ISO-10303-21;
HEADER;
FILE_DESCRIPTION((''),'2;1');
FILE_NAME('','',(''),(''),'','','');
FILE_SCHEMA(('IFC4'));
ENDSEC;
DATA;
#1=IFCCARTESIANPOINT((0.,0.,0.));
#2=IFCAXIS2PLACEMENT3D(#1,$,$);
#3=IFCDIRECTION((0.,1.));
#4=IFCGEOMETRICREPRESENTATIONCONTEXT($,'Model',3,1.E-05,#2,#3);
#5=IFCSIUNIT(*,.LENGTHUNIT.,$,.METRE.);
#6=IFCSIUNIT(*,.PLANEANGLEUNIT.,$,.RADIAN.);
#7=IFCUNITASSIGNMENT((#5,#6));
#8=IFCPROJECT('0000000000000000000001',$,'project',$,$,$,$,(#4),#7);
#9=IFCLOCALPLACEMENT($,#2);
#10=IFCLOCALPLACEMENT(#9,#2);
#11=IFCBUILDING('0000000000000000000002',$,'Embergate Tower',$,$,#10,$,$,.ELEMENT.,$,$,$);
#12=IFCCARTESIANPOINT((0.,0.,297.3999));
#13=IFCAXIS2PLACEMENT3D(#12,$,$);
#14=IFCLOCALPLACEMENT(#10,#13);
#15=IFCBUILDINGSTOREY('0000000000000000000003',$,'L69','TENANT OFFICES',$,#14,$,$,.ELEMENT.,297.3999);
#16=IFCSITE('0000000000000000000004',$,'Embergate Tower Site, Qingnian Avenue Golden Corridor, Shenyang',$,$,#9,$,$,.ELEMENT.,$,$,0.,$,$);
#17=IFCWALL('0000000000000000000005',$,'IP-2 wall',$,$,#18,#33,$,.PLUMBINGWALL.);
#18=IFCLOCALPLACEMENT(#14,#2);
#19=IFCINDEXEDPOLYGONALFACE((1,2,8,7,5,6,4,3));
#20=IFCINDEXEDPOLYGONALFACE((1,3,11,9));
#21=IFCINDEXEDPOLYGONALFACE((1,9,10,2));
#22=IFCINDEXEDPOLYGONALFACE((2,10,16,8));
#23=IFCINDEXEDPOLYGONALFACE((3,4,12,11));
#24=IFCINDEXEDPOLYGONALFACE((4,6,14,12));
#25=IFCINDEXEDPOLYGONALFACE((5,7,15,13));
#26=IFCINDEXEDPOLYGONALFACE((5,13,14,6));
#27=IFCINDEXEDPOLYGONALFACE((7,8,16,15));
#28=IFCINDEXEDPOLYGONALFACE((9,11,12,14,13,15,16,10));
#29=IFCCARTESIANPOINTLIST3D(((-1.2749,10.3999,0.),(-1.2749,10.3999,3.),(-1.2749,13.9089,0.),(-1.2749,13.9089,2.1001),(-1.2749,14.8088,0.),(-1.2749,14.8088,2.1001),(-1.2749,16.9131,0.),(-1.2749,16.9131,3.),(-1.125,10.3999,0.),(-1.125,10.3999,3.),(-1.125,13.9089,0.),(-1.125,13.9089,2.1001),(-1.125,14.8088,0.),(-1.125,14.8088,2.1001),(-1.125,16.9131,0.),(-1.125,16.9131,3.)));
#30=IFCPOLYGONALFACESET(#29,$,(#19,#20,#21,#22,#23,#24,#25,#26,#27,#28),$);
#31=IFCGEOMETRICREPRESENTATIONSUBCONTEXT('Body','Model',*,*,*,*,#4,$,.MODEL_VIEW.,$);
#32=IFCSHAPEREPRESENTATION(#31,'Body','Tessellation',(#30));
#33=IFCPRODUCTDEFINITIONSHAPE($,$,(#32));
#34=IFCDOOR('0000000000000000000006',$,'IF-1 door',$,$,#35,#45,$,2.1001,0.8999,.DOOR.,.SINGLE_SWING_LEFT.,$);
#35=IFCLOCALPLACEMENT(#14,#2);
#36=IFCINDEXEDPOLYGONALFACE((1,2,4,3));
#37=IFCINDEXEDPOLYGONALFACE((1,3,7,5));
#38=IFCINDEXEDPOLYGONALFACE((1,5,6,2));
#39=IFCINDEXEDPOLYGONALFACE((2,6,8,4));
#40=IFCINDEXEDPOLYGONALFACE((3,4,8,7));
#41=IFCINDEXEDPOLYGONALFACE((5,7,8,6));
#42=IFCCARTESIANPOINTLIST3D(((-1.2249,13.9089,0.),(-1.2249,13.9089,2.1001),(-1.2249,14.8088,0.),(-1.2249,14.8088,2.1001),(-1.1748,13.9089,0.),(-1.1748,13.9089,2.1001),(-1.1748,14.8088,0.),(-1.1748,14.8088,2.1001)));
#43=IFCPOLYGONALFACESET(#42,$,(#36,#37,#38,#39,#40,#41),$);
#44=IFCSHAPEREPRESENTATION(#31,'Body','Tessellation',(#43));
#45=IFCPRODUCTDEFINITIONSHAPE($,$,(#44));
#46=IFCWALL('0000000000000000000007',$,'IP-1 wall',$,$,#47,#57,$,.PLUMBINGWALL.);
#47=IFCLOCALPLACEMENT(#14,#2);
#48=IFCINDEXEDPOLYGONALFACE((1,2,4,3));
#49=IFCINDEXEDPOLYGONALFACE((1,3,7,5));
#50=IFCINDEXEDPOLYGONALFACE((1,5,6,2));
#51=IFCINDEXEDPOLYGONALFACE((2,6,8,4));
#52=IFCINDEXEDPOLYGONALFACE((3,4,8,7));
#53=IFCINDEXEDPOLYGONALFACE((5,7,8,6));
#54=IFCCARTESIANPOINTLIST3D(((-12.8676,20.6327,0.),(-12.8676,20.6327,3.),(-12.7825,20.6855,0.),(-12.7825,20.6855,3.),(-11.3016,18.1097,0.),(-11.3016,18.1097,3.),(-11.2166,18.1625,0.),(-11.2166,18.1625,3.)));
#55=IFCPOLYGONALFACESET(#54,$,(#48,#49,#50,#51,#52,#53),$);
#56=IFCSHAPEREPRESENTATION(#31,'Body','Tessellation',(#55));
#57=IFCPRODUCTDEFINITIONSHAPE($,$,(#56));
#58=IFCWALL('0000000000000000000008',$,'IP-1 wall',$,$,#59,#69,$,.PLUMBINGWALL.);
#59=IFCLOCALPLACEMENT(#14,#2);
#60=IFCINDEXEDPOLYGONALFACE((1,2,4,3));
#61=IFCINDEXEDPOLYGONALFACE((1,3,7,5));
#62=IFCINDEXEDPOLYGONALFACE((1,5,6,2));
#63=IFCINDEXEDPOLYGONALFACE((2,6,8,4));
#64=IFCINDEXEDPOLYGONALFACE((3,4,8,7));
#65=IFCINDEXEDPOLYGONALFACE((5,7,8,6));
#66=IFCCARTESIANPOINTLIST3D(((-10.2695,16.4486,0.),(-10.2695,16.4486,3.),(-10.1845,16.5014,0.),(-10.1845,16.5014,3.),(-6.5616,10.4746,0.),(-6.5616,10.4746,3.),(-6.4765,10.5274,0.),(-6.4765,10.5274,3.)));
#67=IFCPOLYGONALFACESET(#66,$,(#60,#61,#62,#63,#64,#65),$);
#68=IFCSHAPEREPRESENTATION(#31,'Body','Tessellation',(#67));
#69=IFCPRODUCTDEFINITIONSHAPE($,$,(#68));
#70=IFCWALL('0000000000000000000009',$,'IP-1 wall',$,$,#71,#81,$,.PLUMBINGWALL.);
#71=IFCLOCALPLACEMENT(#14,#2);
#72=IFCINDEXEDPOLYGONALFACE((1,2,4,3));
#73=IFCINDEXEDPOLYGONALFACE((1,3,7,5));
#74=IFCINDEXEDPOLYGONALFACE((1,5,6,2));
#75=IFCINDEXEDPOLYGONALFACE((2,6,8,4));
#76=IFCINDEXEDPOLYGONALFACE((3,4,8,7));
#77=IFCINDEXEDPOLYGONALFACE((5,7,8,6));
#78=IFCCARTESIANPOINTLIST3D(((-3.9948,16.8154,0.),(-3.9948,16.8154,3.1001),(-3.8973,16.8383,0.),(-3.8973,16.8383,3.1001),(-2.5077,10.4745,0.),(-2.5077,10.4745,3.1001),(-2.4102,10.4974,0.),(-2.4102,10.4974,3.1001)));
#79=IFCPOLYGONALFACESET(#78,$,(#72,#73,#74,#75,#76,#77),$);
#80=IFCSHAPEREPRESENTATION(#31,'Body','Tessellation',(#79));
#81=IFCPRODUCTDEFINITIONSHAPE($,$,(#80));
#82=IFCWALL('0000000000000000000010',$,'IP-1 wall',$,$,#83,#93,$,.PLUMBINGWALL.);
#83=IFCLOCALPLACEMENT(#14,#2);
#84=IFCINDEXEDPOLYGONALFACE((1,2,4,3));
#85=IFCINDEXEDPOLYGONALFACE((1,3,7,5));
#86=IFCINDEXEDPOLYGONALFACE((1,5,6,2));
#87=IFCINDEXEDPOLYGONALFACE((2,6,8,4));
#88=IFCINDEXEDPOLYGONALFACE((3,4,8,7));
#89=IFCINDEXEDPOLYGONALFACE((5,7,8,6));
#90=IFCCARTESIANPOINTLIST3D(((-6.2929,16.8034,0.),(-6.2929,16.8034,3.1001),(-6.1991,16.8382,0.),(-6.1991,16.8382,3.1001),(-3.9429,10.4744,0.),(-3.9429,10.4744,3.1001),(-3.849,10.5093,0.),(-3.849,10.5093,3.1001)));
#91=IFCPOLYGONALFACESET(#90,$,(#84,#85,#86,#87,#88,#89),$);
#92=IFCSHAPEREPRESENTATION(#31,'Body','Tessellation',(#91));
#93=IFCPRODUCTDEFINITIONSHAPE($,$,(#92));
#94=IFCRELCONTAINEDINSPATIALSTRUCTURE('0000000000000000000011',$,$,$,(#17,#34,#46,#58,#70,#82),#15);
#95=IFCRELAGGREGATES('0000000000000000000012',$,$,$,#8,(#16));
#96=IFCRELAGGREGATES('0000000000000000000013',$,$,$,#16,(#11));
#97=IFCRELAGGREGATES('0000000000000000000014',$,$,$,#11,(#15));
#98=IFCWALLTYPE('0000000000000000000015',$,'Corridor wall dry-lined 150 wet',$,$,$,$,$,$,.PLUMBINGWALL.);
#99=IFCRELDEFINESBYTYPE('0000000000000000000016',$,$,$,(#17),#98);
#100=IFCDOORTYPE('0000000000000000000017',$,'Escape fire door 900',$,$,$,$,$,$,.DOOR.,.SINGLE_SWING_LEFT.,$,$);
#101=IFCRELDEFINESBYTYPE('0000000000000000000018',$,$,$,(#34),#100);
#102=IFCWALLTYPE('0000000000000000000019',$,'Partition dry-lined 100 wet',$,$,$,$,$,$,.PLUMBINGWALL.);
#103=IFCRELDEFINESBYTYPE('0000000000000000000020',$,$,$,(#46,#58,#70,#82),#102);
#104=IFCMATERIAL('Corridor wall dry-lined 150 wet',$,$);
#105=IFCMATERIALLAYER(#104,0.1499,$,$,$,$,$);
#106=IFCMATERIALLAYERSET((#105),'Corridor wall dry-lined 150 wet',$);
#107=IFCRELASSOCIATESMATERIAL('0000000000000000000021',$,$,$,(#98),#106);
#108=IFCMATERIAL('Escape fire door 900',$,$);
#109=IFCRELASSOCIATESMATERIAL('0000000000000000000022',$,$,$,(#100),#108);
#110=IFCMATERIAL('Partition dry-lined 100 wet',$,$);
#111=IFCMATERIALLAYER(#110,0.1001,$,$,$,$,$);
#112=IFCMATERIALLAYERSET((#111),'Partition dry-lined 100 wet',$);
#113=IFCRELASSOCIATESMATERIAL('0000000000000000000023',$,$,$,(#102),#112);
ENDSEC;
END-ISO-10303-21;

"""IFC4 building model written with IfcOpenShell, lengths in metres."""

from ifc_helpers import new_model, si_unit, direction, frame, frame_2d, origin, place, context, subcontext, project, spatial, rectangle, extrude, source, transform, mapped, material, layer, layer_set, type_object, element, fill, save


model = new_model("IFC4")

# Units and contexts
model_context = context("Model", 3, precision=1e-05, world=origin(), true_north=direction((0.0, 1.0)))
body_context = subcontext(model_context, "Body", "Model", "MODEL_VIEW")
ifc_project = project(units=[si_unit("LENGTHUNIT", "METRE"), si_unit("PLANEANGLEUNIT", "RADIAN")], contexts=[model_context])

# Site, building, storey
site_placement = place(None, origin())
site = spatial("IfcSite", under=ifc_project, at=site_placement, Name="Embergate Tower Site, Qingnian Avenue Golden Corridor, Shenyang", CompositionType="ELEMENT", RefElevation=0.0)
building_placement = place(site_placement, origin())
building = spatial("IfcBuilding", under=site, at=building_placement, Name="Embergate Tower", CompositionType="ELEMENT")
storey_placement = place(building_placement, frame((0.0, 0.0, 297.3999)))
storey = spatial("IfcBuildingStorey", under=building, at=storey_placement, Name="L69", Description="TENANT OFFICES", CompositionType="ELEMENT", Elevation=297.3999)

# Shared definitions
ifc_material_1 = material(Name="Corridor wall dry-lined 150 wet")
ifc_layer_1 = layer(ifc_material_1, 0.1499)
ifc_layer_set_1 = layer_set([ifc_layer_1], Name="Corridor wall dry-lined 150 wet")
wall_type_1 = type_object("IfcWallType", Name="Corridor wall dry-lined 150 wet", PredefinedType="PLUMBINGWALL", material=ifc_layer_set_1)

# Shared definitions
shared_shape_1 = source(origin(), body_context, "Body", "SweptSolid", [
    extrude(rectangle(XDim=0.8999, YDim=2.1001, at=frame_2d((0.45, 1.05))), frame((0.0, 0.085, 0.0), z_axis=(0.0, -1.0, 0.0), x_axis=(1.0, 0.0, 0.0)), (0.0, 0.0, 1.0), 0.1699),
])
ifc_material_2 = material(Name="Escape fire door 900")
door_type_1 = type_object("IfcDoorType", Name="Escape fire door 900", OperationType="SINGLE_SWING_LEFT", PredefinedType="DOOR", material=ifc_material_2)
shared_shape_2 = source(origin(), body_context, "Body", "SweptSolid", [
    extrude(rectangle(XDim=0.8999, YDim=2.1001, at=frame_2d((0.45, 1.05))), frame((0.0, 0.0249, 0.0), z_axis=(0.0, -1.0, 0.0), x_axis=(1.0, 0.0, 0.0)), (0.0, 0.0, 1.0), 0.05),
])

# Wall, opening, door
shared_shape_3 = source(origin(), body_context, "Body", "SweptSolid", [
    extrude(rectangle(XDim=6.5132, YDim=0.1499, at=frame_2d((3.2566, 0.0))), origin(), (0.0, 0.0, 1.0), 3.0),
])
wall_1_placement = place(storey_placement, frame((-1.2, 10.3999, 0.0), z_axis=(0.0, 0.0, 1.0), x_axis=(0.0, 1.0, 0.0)))
wall_1 = element("IfcWall", 1, at=wall_1_placement, inside=storey, type_object=wall_type_1, Name="IP-2 wall", PredefinedType="PLUMBINGWALL", context=body_context, shape_type="MappedRepresentation", body=[
    mapped(shared_shape_3, transform((0.0, 0.0, 0.0))),
])
opening_1_placement = place(wall_1_placement, frame((3.509, 0.0, 0.0)))
opening_1 = element("IfcOpeningElement", 2, at=opening_1_placement, cuts=wall_1, PredefinedType="OPENING", context=body_context, shape_type="MappedRepresentation", body=[
    mapped(shared_shape_1, transform((0.0, 0.0, 0.0))),
])
door_1_placement = place(opening_1_placement, origin())
door_1 = element("IfcDoor", 3, at=door_1_placement, inside=storey, type_object=door_type_1, Name="IF-1 door", OperationType="SINGLE_SWING_LEFT", OverallHeight=2.1001, OverallWidth=0.8999, PredefinedType="DOOR", context=body_context, shape_type="MappedRepresentation", body=[
    mapped(shared_shape_2, transform((0.0, 0.0, 0.0))),
])
fill(opening_1, door_1)

# Walls
ifc_material_3 = material(Name="Partition dry-lined 100 wet")
ifc_layer_2 = layer(ifc_material_3, 0.1001)
ifc_layer_set_2 = layer_set([ifc_layer_2], Name="Partition dry-lined 100 wet")
wall_type_2 = type_object("IfcWallType", Name="Partition dry-lined 100 wet", PredefinedType="PLUMBINGWALL", material=ifc_layer_set_2)
shared_shape_4 = source(origin(), body_context, "Body", "SweptSolid", [
    extrude(rectangle(XDim=2.9695, YDim=0.1001, at=frame_2d((1.4849, 0.0))), origin(), (0.0, 0.0, 1.0), 3.0),
])
wall_2_placement = place(storey_placement, frame((-11.259, 18.136, 0.0), z_axis=(0.0, 0.0, 1.0), x_axis=(-0.527351, 0.849648, 0.0)))
element("IfcWall", 4, at=wall_2_placement, inside=storey, type_object=wall_type_2, Name="IP-1 wall", PredefinedType="PLUMBINGWALL", context=body_context, shape_type="MappedRepresentation", body=[
    mapped(shared_shape_4, transform((0.0, 0.0, 0.0))),
])
shared_shape_5 = source(origin(), body_context, "Body", "SweptSolid", [
    extrude(rectangle(XDim=7.0312, YDim=0.1001, at=frame_2d((3.5156, 0.0))), origin(), (0.0, 0.0, 1.0), 3.0),
])
wall_3_placement = place(storey_placement, frame((-6.519, 10.501, 0.0), z_axis=(0.0, 0.0, 1.0), x_axis=(-0.527356, 0.849644, 0.0)))
element("IfcWall", 5, at=wall_3_placement, inside=storey, type_object=wall_type_2, Name="IP-1 wall", PredefinedType="PLUMBINGWALL", context=body_context, shape_type="MappedRepresentation", body=[
    mapped(shared_shape_5, transform((0.0, 0.0, 0.0))),
])
shared_shape_6 = source(origin(), body_context, "Body", "SweptSolid", [
    extrude(rectangle(XDim=6.5129, YDim=0.1001, at=frame_2d((3.2563, 0.0))), origin(), (0.0, 0.0, 1.0), 3.1001),
])
wall_4_placement = place(storey_placement, frame((-2.459, 10.4861, 0.0), z_axis=(0.0, 0.0, 1.0), x_axis=(-0.228327, 0.973585, 0.0)))
element("IfcWall", 6, at=wall_4_placement, inside=storey, type_object=wall_type_2, Name="IP-1 wall", PredefinedType="PLUMBINGWALL", context=body_context, shape_type="MappedRepresentation", body=[
    mapped(shared_shape_6, transform((0.0, 0.0, 0.0))),
])
shared_shape_7 = source(origin(), body_context, "Body", "SweptSolid", [
    extrude(rectangle(XDim=6.7512, YDim=0.1001, at=frame_2d((3.3755, 0.0))), origin(), (0.0, 0.0, 1.0), 3.1001),
])
wall_5_placement = place(storey_placement, frame((-3.896, 10.4919, 0.0), z_axis=(0.0, 0.0, 1.0), x_axis=(-0.348094, 0.93746, 0.0)))
element("IfcWall", 7, at=wall_5_placement, inside=storey, type_object=wall_type_2, Name="IP-1 wall", PredefinedType="PLUMBINGWALL", context=body_context, shape_type="MappedRepresentation", body=[
    mapped(shared_shape_7, transform((0.0, 0.0, 0.0))),
])

save(model, "model.ifc")
